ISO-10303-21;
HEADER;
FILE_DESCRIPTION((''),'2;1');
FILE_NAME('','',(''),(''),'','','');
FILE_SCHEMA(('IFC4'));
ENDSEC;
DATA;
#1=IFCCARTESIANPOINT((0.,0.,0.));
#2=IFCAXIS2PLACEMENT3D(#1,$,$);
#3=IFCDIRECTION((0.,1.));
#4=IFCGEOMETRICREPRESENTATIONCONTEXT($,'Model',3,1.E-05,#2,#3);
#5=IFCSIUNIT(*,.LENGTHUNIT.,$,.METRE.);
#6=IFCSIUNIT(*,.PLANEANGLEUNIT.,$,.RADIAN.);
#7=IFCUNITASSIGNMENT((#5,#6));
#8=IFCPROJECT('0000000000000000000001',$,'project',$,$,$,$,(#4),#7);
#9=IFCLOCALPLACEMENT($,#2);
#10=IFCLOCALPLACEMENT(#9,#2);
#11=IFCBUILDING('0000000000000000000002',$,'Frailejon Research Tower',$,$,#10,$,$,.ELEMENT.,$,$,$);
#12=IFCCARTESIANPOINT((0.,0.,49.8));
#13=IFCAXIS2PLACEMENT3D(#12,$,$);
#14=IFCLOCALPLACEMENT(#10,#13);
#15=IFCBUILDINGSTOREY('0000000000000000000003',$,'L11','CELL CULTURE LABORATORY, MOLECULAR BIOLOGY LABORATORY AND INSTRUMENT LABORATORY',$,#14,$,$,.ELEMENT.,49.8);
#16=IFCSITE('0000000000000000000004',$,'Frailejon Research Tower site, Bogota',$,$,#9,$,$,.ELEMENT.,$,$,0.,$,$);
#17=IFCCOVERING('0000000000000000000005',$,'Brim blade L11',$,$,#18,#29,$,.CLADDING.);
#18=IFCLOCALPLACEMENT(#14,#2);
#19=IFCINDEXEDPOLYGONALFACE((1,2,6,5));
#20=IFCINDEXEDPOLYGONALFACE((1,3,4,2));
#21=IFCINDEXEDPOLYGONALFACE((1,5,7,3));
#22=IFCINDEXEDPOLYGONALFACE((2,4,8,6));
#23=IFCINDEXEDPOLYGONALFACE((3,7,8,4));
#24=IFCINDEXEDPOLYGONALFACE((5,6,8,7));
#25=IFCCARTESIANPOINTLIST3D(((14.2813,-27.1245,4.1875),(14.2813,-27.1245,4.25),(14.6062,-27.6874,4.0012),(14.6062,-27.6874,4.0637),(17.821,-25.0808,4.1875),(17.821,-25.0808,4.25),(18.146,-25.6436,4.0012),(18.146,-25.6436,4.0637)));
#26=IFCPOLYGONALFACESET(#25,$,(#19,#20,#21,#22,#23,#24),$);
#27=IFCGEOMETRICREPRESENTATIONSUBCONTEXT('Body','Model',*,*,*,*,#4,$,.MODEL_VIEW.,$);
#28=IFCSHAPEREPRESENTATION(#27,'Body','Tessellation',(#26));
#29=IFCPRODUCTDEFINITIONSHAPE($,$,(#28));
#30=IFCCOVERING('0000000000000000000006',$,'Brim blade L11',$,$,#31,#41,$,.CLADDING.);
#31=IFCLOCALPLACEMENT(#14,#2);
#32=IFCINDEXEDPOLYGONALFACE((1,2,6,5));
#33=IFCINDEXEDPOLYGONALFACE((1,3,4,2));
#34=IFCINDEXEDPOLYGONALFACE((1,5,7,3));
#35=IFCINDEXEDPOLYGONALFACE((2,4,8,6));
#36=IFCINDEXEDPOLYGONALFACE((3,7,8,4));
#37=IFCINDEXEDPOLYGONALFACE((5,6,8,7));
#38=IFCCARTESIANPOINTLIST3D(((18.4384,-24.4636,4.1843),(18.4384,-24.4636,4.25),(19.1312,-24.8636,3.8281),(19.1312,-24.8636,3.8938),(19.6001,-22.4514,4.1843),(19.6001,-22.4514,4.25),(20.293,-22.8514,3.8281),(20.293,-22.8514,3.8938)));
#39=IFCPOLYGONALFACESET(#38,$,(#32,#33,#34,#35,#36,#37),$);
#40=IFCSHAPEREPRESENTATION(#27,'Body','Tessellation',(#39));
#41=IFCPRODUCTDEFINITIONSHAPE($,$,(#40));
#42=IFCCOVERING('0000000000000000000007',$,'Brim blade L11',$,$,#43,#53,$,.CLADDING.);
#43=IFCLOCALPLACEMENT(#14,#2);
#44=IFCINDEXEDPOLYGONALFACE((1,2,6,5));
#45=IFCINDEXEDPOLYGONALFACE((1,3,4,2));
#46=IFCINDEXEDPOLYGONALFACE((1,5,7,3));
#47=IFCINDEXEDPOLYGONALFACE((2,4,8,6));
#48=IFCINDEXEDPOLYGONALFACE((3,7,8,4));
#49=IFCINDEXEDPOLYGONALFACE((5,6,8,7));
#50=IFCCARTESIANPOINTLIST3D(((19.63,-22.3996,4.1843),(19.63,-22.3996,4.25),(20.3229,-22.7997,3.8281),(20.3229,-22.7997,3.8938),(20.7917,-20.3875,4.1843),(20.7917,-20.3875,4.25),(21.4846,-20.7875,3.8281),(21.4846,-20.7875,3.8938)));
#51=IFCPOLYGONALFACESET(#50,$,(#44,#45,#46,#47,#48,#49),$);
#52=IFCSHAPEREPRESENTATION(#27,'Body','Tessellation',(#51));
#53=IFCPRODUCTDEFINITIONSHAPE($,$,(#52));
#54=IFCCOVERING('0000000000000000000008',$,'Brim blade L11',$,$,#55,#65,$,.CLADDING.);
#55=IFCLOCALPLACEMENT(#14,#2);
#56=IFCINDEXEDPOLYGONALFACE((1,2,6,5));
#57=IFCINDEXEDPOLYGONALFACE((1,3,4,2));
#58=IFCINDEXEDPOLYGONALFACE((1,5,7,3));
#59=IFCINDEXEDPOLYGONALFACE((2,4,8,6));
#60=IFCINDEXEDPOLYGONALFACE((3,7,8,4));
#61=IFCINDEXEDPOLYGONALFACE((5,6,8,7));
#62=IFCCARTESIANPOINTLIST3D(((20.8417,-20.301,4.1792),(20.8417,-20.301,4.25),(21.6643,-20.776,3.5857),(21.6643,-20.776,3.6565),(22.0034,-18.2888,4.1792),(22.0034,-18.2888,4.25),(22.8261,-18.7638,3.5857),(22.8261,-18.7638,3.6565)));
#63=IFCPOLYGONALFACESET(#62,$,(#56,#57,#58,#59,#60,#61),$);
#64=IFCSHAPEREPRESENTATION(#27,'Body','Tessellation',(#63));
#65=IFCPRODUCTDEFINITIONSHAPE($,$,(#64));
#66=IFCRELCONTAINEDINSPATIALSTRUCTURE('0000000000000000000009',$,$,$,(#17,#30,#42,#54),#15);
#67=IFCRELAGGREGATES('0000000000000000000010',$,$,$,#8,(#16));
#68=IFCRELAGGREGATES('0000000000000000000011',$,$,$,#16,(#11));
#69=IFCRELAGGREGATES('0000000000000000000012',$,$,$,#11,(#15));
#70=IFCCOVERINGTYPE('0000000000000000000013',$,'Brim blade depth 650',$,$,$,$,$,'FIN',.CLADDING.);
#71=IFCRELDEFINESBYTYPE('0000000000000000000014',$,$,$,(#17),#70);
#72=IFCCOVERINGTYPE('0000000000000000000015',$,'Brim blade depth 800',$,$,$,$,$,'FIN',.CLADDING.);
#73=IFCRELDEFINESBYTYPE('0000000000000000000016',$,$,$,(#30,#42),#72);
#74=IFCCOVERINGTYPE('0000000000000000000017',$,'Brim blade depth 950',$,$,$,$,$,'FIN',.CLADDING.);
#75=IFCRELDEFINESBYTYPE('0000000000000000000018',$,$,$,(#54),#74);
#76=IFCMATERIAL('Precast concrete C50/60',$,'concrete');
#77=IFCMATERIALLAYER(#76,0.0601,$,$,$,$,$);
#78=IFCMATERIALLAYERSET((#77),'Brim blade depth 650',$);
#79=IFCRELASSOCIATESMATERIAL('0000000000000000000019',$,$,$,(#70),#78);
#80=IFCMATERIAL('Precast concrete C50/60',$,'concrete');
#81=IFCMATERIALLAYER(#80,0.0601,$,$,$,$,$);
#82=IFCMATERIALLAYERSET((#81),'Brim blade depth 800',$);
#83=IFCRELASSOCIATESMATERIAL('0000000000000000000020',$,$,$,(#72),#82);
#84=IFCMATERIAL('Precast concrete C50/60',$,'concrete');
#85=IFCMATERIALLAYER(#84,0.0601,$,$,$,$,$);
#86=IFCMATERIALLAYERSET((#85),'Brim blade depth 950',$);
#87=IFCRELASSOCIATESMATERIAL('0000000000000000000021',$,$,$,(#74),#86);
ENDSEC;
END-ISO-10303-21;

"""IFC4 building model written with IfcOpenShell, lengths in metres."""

from ifc_helpers import new_model, si_unit, direction, frame, origin, place, context, subcontext, project, spatial, polyline, outline, extrude, material, layer, layer_set, type_object, element, save


model = new_model("IFC4")

# Units and contexts
model_context = context("Model", 3, precision=1e-05, world=origin(), true_north=direction((0.0, 1.0)))
body_context = subcontext(model_context, "Body", "Model", "MODEL_VIEW")
ifc_project = project(units=[si_unit("LENGTHUNIT", "METRE"), si_unit("PLANEANGLEUNIT", "RADIAN")], contexts=[model_context])

# Site, building, storey
site_placement = place(None, origin())
site = spatial("IfcSite", under=ifc_project, at=site_placement, Name="Frailejon Research Tower site, Bogota", CompositionType="ELEMENT", RefElevation=0.0)
building_placement = place(site_placement, origin())
building = spatial("IfcBuilding", under=site, at=building_placement, Name="Frailejon Research Tower", CompositionType="ELEMENT")
storey_placement = place(building_placement, frame((0.0, 0.0, 49.8)))
storey = spatial("IfcBuildingStorey", under=building, at=storey_placement, Name="L11", Description="CELL CULTURE LABORATORY, MOLECULAR BIOLOGY LABORATORY AND INSTRUMENT LABORATORY", CompositionType="ELEMENT", Elevation=49.8)

# Coverings
ifc_material_1 = material(Name="Precast concrete C50/60", Category="concrete")
ifc_layer_1 = layer(ifc_material_1, 0.0601)
ifc_layer_set_1 = layer_set([ifc_layer_1], Name="Brim blade depth 650")
covering_type_1 = type_object("IfcCoveringType", Name="Brim blade depth 650", ElementType="FIN", PredefinedType="CLADDING", material=ifc_layer_set_1)
covering_1_placement = place(storey_placement, frame((17.821, -25.0808, 4.25), z_axis=(-0.866021, -0.500007, 0.0), x_axis=(0.500007, -0.866021, 0.0)))
element("IfcCovering", 1, at=covering_1_placement, inside=storey, type_object=covering_type_1, Name="Brim blade L11", PredefinedType="CLADDING", context=body_context, shape_type="SweptSolid", body=[
    extrude(outline(polyline([(0.0, -0.0625), (0.6499, -0.2488), (0.6499, -0.1863), (0.0, 0.0), (0.0, -0.0625)])), origin(), (0.0, 0.0, 1.0), 4.0874),
])
ifc_material_2 = material(Name="Precast concrete C50/60", Category="concrete")
ifc_layer_2 = layer(ifc_material_2, 0.0601)
ifc_layer_set_2 = layer_set([ifc_layer_2], Name="Brim blade depth 800")
covering_type_2 = type_object("IfcCoveringType", Name="Brim blade depth 800", ElementType="FIN", PredefinedType="CLADDING", material=ifc_layer_set_2)
for number, where, z_axis, x_axis, name in (
    (2, (19.6001, -22.4514, 4.25), (-0.500001, -0.866025, 0.0), (0.866025, -0.500001, 0.0), "Brim blade L11"),
    (3, (20.7917, -20.3875, 4.25), (-0.500001, -0.866025, 0.0), (0.866025, -0.500001, 0.0), "Brim blade L11"),
):
    element("IfcCovering", number, at=place(storey_placement, frame(where, z_axis=z_axis, x_axis=x_axis)), inside=storey, type_object=covering_type_2, Name=name, PredefinedType="CLADDING", context=body_context, shape_type="SweptSolid", body=[
        extrude(outline(polyline([(0.0, -0.0657), (0.8, -0.4219), (0.8, -0.3562), (0.0, 0.0), (0.0, -0.0657)])), origin(), (0.0, 0.0, 1.0), 2.3235),
    ])
ifc_material_3 = material(Name="Precast concrete C50/60", Category="concrete")
ifc_layer_3 = layer(ifc_material_3, 0.0601)
ifc_layer_set_3 = layer_set([ifc_layer_3], Name="Brim blade depth 950")
covering_type_3 = type_object("IfcCoveringType", Name="Brim blade depth 950", ElementType="FIN", PredefinedType="CLADDING", material=ifc_layer_set_3)
covering_2_placement = place(storey_placement, frame((22.0034, -18.2888, 4.25), z_axis=(-0.50001, -0.86602, 0.0), x_axis=(0.86602, -0.50001, 0.0)))
element("IfcCovering", 4, at=covering_2_placement, inside=storey, type_object=covering_type_3, Name="Brim blade L11", PredefinedType="CLADDING", context=body_context, shape_type="SweptSolid", body=[
    extrude(outline(polyline([(0.0, -0.0708), (0.95, -0.6643), (0.95, -0.5935), (0.0, 0.0), (0.0, -0.0708)])), origin(), (0.0, 0.0, 1.0), 2.3235),
])

save(model, "model.ifc")
